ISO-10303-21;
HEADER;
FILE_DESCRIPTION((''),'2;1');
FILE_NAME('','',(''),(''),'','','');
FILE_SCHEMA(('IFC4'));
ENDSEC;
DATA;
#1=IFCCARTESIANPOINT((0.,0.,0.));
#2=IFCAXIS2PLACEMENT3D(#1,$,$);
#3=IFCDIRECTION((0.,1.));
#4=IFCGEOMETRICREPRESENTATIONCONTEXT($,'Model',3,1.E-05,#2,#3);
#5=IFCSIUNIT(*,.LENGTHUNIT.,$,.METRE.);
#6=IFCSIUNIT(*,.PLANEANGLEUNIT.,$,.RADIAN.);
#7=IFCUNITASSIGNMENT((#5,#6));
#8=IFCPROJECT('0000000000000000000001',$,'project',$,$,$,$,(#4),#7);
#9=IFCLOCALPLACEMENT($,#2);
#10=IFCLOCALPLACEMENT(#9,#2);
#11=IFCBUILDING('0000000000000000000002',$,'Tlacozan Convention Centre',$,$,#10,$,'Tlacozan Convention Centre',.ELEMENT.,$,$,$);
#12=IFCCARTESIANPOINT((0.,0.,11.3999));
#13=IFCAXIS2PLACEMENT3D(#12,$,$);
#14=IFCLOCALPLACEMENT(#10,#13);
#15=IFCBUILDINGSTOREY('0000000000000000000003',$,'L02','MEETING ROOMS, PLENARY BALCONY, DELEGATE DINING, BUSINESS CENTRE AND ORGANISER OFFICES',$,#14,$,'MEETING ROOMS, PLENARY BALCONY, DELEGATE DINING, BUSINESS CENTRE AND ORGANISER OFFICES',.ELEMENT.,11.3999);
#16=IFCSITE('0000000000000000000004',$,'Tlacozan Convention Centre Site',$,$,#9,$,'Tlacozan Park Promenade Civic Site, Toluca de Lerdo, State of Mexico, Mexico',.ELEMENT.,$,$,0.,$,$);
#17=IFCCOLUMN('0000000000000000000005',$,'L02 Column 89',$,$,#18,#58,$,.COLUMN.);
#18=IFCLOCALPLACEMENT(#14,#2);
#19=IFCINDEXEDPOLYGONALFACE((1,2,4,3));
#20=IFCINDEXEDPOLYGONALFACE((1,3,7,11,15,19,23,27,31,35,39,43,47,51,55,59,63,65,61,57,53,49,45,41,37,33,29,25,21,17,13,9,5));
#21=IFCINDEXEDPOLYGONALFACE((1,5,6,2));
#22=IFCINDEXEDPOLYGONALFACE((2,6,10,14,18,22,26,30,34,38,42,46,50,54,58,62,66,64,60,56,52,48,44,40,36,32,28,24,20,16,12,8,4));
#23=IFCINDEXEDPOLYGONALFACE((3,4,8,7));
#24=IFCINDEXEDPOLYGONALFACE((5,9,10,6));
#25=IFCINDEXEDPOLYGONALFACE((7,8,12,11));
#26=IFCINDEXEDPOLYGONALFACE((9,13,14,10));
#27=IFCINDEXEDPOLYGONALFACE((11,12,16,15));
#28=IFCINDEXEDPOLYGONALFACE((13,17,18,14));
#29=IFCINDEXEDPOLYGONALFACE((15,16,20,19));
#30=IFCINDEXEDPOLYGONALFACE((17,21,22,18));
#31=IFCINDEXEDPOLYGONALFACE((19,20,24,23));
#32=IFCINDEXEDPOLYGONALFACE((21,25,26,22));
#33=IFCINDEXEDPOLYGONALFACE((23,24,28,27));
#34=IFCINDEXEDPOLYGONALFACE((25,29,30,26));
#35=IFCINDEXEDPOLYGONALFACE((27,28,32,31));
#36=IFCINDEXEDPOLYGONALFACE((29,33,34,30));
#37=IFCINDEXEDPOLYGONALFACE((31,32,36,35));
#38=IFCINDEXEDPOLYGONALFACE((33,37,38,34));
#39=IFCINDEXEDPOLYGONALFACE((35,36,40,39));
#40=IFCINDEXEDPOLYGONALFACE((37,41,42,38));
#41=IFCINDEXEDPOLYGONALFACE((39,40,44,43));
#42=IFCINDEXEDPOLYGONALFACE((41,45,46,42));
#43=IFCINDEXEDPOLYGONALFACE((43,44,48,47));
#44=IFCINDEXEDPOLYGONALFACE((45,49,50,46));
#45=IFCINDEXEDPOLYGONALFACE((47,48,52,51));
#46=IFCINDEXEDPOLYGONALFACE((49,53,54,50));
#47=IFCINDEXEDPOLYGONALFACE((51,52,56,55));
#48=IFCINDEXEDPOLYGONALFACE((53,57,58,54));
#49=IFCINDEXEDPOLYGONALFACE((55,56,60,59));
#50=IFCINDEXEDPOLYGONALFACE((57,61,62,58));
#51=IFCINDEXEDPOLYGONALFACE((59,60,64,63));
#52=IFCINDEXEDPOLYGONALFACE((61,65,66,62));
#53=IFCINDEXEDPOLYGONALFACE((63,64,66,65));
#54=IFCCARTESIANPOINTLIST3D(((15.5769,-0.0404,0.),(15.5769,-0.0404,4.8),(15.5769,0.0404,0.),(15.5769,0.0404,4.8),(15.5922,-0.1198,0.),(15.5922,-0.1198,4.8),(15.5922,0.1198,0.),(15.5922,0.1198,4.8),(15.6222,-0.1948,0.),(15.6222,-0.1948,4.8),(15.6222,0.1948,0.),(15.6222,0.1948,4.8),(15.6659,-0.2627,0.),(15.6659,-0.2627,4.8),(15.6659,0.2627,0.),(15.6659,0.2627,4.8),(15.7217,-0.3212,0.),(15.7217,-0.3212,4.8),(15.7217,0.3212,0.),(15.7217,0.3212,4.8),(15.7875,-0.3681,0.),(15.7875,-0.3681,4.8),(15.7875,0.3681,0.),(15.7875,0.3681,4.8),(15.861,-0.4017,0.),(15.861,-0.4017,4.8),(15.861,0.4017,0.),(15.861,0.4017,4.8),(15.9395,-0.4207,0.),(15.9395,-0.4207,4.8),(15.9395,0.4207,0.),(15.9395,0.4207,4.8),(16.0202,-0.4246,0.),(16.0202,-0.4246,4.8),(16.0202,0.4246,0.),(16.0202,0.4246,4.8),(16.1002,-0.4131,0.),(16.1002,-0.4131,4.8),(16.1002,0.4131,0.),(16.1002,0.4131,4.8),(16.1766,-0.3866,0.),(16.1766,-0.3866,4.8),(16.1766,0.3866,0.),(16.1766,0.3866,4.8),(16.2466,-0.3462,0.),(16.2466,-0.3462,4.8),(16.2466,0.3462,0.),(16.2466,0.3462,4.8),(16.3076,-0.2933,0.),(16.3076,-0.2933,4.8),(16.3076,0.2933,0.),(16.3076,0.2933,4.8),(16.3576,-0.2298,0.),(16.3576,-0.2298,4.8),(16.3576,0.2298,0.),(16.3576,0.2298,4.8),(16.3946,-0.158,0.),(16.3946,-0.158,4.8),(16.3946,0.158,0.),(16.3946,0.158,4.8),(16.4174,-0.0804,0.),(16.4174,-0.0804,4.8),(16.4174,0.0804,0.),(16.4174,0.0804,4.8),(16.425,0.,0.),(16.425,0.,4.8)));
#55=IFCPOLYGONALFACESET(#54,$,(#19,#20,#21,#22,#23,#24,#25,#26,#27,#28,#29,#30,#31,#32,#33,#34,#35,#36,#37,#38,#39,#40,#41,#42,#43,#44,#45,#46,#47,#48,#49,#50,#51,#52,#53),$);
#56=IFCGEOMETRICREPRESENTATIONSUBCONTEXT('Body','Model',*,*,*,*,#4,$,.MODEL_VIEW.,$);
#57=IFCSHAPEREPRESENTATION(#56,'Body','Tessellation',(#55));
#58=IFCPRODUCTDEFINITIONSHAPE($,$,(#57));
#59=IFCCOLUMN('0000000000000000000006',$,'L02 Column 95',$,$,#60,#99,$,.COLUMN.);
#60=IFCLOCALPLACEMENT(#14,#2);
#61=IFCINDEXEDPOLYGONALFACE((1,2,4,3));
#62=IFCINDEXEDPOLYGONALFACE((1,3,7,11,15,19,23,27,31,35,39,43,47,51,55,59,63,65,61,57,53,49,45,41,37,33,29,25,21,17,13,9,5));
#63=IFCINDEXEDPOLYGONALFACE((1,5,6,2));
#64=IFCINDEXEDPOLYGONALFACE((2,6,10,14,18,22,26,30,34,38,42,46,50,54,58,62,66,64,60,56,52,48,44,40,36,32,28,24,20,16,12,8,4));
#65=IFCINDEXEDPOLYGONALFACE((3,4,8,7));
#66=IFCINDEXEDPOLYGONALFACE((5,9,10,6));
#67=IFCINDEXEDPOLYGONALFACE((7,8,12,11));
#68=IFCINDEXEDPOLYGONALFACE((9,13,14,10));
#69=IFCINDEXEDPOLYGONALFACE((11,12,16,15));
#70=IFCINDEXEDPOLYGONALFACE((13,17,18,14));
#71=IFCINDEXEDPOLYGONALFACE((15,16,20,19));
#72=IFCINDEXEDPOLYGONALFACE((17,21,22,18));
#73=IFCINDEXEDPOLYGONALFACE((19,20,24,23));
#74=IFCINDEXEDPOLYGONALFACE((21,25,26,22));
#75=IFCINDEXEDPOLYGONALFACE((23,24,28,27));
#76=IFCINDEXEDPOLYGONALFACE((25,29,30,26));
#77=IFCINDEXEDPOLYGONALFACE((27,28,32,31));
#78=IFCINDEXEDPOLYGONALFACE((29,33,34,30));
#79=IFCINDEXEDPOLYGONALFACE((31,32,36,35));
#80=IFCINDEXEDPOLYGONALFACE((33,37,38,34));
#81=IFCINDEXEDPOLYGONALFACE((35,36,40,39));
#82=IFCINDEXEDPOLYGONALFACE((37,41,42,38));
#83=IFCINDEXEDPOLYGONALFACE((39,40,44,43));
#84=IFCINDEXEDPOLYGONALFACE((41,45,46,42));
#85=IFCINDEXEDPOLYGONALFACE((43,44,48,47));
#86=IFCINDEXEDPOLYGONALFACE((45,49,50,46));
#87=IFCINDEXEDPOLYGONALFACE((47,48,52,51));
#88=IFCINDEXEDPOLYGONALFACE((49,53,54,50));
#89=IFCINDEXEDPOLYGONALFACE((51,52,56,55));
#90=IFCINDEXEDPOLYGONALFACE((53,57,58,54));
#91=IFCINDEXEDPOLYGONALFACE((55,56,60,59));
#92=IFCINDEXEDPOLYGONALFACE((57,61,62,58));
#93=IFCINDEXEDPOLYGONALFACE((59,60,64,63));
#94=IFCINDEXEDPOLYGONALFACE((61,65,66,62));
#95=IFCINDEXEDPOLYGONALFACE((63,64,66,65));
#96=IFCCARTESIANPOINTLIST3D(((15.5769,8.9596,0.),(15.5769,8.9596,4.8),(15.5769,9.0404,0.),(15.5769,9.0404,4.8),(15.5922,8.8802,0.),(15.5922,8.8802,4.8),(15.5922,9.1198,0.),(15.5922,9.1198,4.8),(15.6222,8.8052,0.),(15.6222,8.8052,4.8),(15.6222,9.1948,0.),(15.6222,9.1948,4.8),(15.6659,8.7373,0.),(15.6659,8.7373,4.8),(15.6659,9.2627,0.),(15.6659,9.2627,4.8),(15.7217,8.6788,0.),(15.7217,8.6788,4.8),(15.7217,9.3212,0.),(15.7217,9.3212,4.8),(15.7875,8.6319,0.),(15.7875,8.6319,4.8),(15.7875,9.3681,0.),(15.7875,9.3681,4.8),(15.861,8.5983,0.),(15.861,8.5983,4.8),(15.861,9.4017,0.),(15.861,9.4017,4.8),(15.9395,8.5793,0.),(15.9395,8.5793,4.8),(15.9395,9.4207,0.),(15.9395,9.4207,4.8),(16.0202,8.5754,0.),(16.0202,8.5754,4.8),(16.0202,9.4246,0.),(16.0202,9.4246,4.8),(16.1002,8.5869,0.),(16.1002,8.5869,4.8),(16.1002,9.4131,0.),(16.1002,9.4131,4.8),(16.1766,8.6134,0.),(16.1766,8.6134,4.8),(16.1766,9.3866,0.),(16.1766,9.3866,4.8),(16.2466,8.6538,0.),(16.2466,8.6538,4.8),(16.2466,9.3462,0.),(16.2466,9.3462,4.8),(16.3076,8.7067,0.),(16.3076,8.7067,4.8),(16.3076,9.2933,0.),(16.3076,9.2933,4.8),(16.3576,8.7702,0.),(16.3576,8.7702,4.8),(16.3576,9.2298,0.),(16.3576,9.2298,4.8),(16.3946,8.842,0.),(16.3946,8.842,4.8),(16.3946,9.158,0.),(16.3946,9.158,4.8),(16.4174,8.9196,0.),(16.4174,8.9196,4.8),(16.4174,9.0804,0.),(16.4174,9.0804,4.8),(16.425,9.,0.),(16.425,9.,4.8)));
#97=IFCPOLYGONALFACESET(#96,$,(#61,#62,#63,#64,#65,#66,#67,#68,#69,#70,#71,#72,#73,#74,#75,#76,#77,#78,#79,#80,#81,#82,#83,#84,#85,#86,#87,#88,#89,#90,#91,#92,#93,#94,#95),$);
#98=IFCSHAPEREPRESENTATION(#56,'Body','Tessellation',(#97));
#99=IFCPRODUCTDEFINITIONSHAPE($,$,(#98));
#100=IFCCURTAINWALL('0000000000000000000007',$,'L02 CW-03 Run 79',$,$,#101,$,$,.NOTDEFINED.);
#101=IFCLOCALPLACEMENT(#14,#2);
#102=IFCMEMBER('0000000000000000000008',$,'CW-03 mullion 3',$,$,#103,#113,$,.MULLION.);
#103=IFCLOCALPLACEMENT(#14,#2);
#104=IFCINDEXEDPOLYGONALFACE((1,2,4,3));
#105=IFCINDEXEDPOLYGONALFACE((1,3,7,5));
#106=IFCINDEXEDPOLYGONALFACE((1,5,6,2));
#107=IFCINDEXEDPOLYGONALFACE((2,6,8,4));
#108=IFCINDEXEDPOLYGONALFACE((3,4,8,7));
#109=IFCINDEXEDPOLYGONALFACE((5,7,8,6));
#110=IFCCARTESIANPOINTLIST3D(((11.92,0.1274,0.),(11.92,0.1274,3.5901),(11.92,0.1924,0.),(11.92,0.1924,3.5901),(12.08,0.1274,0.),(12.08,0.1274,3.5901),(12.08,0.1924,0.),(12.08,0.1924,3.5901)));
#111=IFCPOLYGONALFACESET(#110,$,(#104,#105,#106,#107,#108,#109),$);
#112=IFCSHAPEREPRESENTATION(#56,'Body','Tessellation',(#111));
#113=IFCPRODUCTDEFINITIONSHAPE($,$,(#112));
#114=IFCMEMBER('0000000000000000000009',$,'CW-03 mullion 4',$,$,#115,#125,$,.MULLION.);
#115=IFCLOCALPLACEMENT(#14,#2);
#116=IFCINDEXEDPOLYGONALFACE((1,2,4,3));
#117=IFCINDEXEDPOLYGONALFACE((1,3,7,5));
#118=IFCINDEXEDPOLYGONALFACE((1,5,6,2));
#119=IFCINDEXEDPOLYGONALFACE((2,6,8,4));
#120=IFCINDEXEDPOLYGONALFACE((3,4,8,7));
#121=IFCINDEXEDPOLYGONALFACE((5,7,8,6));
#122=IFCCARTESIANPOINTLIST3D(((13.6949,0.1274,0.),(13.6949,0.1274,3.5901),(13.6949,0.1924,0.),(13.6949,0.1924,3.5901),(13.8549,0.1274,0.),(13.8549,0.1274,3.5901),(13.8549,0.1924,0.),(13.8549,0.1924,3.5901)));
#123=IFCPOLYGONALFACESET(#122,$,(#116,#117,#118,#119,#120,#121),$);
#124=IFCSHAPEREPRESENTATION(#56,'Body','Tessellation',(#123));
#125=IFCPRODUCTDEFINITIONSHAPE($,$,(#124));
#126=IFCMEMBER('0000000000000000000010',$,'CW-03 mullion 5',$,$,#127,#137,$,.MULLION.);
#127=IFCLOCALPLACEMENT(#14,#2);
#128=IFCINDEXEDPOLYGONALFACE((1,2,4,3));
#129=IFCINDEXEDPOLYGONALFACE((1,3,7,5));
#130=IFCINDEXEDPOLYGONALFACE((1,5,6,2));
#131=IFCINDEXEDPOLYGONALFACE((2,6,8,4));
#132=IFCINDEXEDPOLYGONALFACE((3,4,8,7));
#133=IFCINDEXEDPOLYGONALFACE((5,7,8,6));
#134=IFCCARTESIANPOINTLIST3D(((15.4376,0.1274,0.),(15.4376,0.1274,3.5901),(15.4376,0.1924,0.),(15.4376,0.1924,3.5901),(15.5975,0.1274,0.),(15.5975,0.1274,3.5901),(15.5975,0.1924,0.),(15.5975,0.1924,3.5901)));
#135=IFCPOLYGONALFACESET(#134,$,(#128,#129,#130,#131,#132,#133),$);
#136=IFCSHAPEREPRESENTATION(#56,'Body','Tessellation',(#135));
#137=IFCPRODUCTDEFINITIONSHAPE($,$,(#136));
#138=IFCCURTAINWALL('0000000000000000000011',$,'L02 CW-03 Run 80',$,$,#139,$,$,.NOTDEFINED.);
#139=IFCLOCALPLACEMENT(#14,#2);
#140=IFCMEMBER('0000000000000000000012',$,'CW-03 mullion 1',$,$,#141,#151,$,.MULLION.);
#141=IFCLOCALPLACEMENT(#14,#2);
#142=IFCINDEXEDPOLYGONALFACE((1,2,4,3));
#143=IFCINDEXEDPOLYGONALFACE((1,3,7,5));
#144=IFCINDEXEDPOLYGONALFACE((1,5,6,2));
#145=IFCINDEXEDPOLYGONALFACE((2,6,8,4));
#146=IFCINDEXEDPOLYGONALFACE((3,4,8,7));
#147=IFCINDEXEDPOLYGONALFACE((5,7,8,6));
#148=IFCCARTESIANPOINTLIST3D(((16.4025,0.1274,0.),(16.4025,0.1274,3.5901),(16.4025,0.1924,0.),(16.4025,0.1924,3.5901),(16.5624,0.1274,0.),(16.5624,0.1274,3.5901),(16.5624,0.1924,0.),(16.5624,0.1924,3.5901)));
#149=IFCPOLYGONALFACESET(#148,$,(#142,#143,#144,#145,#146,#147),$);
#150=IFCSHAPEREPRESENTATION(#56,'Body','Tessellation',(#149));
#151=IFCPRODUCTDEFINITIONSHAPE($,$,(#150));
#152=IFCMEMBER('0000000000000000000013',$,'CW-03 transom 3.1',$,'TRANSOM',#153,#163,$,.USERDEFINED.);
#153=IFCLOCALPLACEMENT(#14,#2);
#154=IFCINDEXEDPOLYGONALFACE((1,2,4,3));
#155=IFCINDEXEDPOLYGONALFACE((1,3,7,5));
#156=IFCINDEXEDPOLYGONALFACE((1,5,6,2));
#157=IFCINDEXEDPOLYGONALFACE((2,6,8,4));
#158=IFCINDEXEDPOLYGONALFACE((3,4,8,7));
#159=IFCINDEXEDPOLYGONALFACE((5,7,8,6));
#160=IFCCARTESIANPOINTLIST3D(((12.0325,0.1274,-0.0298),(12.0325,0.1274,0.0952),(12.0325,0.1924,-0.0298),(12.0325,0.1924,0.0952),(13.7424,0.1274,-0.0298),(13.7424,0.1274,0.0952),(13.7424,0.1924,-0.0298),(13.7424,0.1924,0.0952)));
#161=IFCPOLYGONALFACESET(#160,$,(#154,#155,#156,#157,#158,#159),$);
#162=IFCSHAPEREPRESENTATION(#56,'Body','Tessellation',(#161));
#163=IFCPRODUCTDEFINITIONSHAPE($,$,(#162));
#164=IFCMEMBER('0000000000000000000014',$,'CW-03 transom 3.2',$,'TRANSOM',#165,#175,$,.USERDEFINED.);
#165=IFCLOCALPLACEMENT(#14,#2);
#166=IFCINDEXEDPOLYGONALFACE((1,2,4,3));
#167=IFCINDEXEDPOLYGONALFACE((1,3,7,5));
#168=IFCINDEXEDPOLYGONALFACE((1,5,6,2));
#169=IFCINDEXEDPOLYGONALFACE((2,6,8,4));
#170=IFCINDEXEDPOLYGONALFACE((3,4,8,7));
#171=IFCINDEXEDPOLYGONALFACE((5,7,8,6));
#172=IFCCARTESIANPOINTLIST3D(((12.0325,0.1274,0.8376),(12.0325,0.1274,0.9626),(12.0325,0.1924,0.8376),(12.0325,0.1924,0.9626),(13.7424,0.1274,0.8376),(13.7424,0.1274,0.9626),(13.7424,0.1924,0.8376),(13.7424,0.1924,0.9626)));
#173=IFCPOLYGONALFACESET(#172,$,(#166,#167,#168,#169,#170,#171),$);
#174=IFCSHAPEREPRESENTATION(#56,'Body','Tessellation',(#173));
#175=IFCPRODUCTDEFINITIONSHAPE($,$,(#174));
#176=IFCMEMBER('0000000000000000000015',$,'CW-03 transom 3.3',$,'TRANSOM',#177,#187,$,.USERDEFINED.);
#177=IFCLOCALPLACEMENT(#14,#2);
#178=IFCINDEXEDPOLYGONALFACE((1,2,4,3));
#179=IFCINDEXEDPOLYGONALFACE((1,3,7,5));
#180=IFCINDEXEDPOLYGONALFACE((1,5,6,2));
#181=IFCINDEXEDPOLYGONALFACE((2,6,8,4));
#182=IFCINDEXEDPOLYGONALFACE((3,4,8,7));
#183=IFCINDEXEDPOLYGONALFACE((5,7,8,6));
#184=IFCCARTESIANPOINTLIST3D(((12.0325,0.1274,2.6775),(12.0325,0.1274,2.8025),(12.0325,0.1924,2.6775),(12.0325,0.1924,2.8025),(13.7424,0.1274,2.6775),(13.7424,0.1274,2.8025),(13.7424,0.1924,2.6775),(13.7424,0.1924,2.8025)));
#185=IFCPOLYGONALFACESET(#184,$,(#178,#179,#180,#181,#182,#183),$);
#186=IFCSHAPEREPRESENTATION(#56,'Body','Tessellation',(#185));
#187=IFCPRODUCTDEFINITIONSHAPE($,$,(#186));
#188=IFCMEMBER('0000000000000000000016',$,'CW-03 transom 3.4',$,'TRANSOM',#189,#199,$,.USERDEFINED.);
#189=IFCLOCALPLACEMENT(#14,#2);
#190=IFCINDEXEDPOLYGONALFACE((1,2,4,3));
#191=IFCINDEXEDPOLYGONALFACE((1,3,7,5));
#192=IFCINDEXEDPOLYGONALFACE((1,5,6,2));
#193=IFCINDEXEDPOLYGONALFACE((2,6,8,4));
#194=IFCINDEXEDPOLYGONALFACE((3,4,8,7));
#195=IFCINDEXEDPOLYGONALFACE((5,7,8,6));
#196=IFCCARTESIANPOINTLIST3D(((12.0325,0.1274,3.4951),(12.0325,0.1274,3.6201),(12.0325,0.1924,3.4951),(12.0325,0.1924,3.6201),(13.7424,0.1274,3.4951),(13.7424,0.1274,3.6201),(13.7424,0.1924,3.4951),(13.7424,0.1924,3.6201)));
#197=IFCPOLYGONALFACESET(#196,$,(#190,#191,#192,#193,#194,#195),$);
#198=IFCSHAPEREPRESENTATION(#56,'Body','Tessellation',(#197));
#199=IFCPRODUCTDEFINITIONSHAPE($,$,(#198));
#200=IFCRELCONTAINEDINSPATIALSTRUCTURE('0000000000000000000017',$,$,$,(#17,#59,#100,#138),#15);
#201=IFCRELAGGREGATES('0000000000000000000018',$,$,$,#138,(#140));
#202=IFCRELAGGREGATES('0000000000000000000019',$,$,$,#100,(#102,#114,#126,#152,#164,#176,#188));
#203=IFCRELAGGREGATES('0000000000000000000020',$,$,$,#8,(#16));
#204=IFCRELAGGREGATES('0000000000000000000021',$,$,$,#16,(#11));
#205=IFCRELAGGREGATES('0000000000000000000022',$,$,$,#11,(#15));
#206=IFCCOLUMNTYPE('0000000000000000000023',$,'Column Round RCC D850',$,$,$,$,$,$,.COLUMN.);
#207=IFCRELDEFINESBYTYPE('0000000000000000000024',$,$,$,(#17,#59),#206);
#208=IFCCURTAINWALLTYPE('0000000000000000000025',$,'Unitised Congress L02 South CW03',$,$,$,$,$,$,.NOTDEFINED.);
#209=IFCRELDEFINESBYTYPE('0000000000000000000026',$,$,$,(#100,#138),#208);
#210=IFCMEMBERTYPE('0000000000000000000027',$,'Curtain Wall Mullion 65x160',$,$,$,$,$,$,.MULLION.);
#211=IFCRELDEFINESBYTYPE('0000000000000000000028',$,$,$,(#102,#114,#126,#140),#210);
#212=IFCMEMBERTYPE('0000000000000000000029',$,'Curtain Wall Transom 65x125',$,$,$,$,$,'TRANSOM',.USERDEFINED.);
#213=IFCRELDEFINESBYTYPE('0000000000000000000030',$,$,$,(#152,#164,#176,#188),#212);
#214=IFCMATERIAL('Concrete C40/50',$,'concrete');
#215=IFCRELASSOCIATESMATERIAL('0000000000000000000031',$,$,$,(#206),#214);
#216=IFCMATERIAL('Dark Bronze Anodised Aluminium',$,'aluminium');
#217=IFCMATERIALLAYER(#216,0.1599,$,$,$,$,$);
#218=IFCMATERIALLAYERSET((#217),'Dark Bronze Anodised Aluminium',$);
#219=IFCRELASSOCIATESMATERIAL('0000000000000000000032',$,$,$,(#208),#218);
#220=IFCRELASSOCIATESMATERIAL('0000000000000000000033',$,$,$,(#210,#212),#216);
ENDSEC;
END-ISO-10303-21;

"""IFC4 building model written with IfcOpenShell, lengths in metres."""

from ifc_helpers import new_model, si_unit, direction, frame, origin, origin_2d, place, context, subcontext, project, spatial, rectangle, circle, extrude, material, layer, layer_set, material_profile, profile_set, type_object, element, aggregate, save


model = new_model("IFC4")

# Units and contexts
model_context = context("Model", 3, precision=1e-05, world=origin(), true_north=direction((0.0, 1.0)))
body_context = subcontext(model_context, "Body", "Model", "MODEL_VIEW")
ifc_project = project(units=[si_unit("LENGTHUNIT", "METRE"), si_unit("PLANEANGLEUNIT", "RADIAN")], contexts=[model_context])

# Site, building, storey
site_placement = place(None, origin())
site = spatial("IfcSite", under=ifc_project, at=site_placement, Name="Tlacozan Convention Centre Site", LongName="Tlacozan Park Promenade Civic Site, Toluca de Lerdo, State of Mexico, Mexico", CompositionType="ELEMENT", RefElevation=0.0)
building_placement = place(site_placement, origin())
building = spatial("IfcBuilding", under=site, at=building_placement, Name="Tlacozan Convention Centre", LongName="Tlacozan Convention Centre", CompositionType="ELEMENT")
storey_placement = place(building_placement, frame((0.0, 0.0, 11.3999)))
storey = spatial("IfcBuildingStorey", under=building, at=storey_placement, Name="L02", Description="MEETING ROOMS, PLENARY BALCONY, DELEGATE DINING, BUSINESS CENTRE AND ORGANISER OFFICES", LongName="MEETING ROOMS, PLENARY BALCONY, DELEGATE DINING, BUSINESS CENTRE AND ORGANISER OFFICES", CompositionType="ELEMENT", Elevation=11.3999)

# Columns
ifc_material_1 = material(Name="Concrete C40/50", Category="concrete")
ifc_material_profile_1 = material_profile(ifc_material_1, circle(Radius=0.425, at=origin_2d()), Name="RCC D850")
ifc_profile_set_1 = profile_set([ifc_material_profile_1], Name="Concrete C40/50")
column_type = type_object("IfcColumnType", Name="Column Round RCC D850", PredefinedType="COLUMN", material=ifc_profile_set_1)
for number, where, z_axis, x_axis, name in (
    (1, (16.0, 0.0, 0.0), (0.0, 0.0, 1.0), (1.0, 0.0, 0.0), "L02 Column 89"),
    (2, (16.0, 9.0, 0.0), (0.0, 0.0, 1.0), (1.0, 0.0, 0.0), "L02 Column 95"),
):
    element("IfcColumn", number, at=place(storey_placement, frame(where, z_axis=z_axis, x_axis=x_axis)), inside=storey, type_object=column_type, Name=name, PredefinedType="COLUMN", context=body_context, shape_type="SweptSolid", body=[
        extrude(circle(Radius=0.425, at=origin_2d()), origin(), (0.0, 0.0, 1.0), 4.8),
    ])

# Curtain wall, members
ifc_material_2 = material(Name="Dark Bronze Anodised Aluminium", Category="aluminium")
ifc_layer_1 = layer(ifc_material_2, 0.1599)
ifc_layer_set_1 = layer_set([ifc_layer_1], Name="Dark Bronze Anodised Aluminium")
curtain_wall_type = type_object("IfcCurtainWallType", Name="Unitised Congress L02 South CW03", PredefinedType="NOTDEFINED", material=ifc_layer_set_1)
curtain_wall_1_placement = place(storey_placement, origin())
curtain_wall_1 = element("IfcCurtainWall", 3, at=curtain_wall_1_placement, inside=storey, type_object=curtain_wall_type, Name="L02 CW-03 Run 79", PredefinedType="NOTDEFINED")
ifc_material_profile_2 = material_profile(ifc_material_2, rectangle(XDim=0.0649, YDim=0.1599, at=origin_2d()), Name="ALU 65x160")
ifc_profile_set_2 = profile_set([ifc_material_profile_2], Name="Dark Bronze Anodised Aluminium")
member_type_1 = type_object("IfcMemberType", Name="Curtain Wall Mullion 65x160", PredefinedType="MULLION", material=ifc_profile_set_2)
member_1_placement = place(storey_placement, frame((12.0, 0.1599, 0.0), z_axis=(0.0, 0.0, 1.0), x_axis=(0.0, 1.0, 0.0)))
member_1 = element("IfcMember", 4, at=member_1_placement, type_object=member_type_1, Name="CW-03 mullion 3", PredefinedType="MULLION", context=body_context, shape_type="SweptSolid", body=[
    extrude(rectangle(XDim=0.0649, YDim=0.1599, at=origin_2d()), origin(), (0.0, 0.0, 1.0), 3.5901),
])
member_2_placement = place(storey_placement, frame((13.7749, 0.1599, 0.0), z_axis=(0.0, 0.0, 1.0), x_axis=(0.0, 1.0, 0.0)))
member_2 = element("IfcMember", 5, at=member_2_placement, type_object=member_type_1, Name="CW-03 mullion 4", PredefinedType="MULLION", context=body_context, shape_type="SweptSolid", body=[
    extrude(rectangle(XDim=0.0649, YDim=0.1599, at=origin_2d()), origin(), (0.0, 0.0, 1.0), 3.5901),
])
member_3_placement = place(storey_placement, frame((15.5176, 0.1599, 0.0), z_axis=(0.0, 0.0, 1.0), x_axis=(0.0, 1.0, 0.0)))
member_3 = element("IfcMember", 6, at=member_3_placement, type_object=member_type_1, Name="CW-03 mullion 5", PredefinedType="MULLION", context=body_context, shape_type="SweptSolid", body=[
    extrude(rectangle(XDim=0.0649, YDim=0.1599, at=origin_2d()), origin(), (0.0, 0.0, 1.0), 3.5901),
])

# Curtain wall, member
curtain_wall_2_placement = place(storey_placement, origin())
curtain_wall_2 = element("IfcCurtainWall", 7, at=curtain_wall_2_placement, inside=storey, type_object=curtain_wall_type, Name="L02 CW-03 Run 80", PredefinedType="NOTDEFINED")
member_4_placement = place(storey_placement, frame((16.4824, 0.1599, 0.0), z_axis=(0.0, 0.0, 1.0), x_axis=(0.0, 1.0, 0.0)))
member_4 = element("IfcMember", 8, at=member_4_placement, type_object=member_type_1, Name="CW-03 mullion 1", PredefinedType="MULLION", context=body_context, shape_type="SweptSolid", body=[
    extrude(rectangle(XDim=0.0649, YDim=0.1599, at=origin_2d()), origin(), (0.0, 0.0, 1.0), 3.5901),
])

# Members
ifc_material_profile_3 = material_profile(ifc_material_2, rectangle(XDim=0.0649, YDim=0.125, at=origin_2d()), Name="ALU 65x125")
ifc_profile_set_3 = profile_set([ifc_material_profile_3], Name="Dark Bronze Anodised Aluminium")
member_type_2 = type_object("IfcMemberType", Name="Curtain Wall Transom 65x125", ElementType="TRANSOM", PredefinedType="USERDEFINED", material=ifc_profile_set_3)
member_5_placement = place(storey_placement, frame((12.0325, 0.1599, 0.0327), z_axis=(1.0, 0.0, 0.0), x_axis=(0.0, 1.0, 0.0)))
member_5 = element("IfcMember", 9, at=member_5_placement, type_object=member_type_2, Name="CW-03 transom 3.1", ObjectType="TRANSOM", PredefinedType="USERDEFINED", context=body_context, shape_type="SweptSolid", body=[
    extrude(rectangle(XDim=0.0649, YDim=0.125, at=origin_2d()), origin(), (0.0, 0.0, 1.0), 1.71),
])
member_6_placement = place(storey_placement, frame((12.0325, 0.1599, 0.9001), z_axis=(1.0, 0.0, 0.0), x_axis=(0.0, 1.0, 0.0)))
member_6 = element("IfcMember", 10, at=member_6_placement, type_object=member_type_2, Name="CW-03 transom 3.2", ObjectType="TRANSOM", PredefinedType="USERDEFINED", context=body_context, shape_type="SweptSolid", body=[
    extrude(rectangle(XDim=0.0649, YDim=0.125, at=origin_2d()), origin(), (0.0, 0.0, 1.0), 1.71),
])
member_7_placement = place(storey_placement, frame((12.0325, 0.1599, 2.74), z_axis=(1.0, 0.0, 0.0), x_axis=(0.0, 1.0, 0.0)))
member_7 = element("IfcMember", 11, at=member_7_placement, type_object=member_type_2, Name="CW-03 transom 3.3", ObjectType="TRANSOM", PredefinedType="USERDEFINED", context=body_context, shape_type="SweptSolid", body=[
    extrude(rectangle(XDim=0.0649, YDim=0.125, at=origin_2d()), origin(), (0.0, 0.0, 1.0), 1.71),
])
member_8_placement = place(storey_placement, frame((12.0325, 0.1599, 3.5576), z_axis=(1.0, 0.0, 0.0), x_axis=(0.0, 1.0, 0.0)))
member_8 = element("IfcMember", 12, at=member_8_placement, type_object=member_type_2, Name="CW-03 transom 3.4", ObjectType="TRANSOM", PredefinedType="USERDEFINED", context=body_context, shape_type="SweptSolid", body=[
    extrude(rectangle(XDim=0.0649, YDim=0.125, at=origin_2d()), origin(), (0.0, 0.0, 1.0), 1.71),
])
aggregate(curtain_wall_2, [member_4])

aggregate(curtain_wall_1, [member_1, member_2, member_3, member_5, member_6, member_7, member_8])

save(model, "model.ifc")
